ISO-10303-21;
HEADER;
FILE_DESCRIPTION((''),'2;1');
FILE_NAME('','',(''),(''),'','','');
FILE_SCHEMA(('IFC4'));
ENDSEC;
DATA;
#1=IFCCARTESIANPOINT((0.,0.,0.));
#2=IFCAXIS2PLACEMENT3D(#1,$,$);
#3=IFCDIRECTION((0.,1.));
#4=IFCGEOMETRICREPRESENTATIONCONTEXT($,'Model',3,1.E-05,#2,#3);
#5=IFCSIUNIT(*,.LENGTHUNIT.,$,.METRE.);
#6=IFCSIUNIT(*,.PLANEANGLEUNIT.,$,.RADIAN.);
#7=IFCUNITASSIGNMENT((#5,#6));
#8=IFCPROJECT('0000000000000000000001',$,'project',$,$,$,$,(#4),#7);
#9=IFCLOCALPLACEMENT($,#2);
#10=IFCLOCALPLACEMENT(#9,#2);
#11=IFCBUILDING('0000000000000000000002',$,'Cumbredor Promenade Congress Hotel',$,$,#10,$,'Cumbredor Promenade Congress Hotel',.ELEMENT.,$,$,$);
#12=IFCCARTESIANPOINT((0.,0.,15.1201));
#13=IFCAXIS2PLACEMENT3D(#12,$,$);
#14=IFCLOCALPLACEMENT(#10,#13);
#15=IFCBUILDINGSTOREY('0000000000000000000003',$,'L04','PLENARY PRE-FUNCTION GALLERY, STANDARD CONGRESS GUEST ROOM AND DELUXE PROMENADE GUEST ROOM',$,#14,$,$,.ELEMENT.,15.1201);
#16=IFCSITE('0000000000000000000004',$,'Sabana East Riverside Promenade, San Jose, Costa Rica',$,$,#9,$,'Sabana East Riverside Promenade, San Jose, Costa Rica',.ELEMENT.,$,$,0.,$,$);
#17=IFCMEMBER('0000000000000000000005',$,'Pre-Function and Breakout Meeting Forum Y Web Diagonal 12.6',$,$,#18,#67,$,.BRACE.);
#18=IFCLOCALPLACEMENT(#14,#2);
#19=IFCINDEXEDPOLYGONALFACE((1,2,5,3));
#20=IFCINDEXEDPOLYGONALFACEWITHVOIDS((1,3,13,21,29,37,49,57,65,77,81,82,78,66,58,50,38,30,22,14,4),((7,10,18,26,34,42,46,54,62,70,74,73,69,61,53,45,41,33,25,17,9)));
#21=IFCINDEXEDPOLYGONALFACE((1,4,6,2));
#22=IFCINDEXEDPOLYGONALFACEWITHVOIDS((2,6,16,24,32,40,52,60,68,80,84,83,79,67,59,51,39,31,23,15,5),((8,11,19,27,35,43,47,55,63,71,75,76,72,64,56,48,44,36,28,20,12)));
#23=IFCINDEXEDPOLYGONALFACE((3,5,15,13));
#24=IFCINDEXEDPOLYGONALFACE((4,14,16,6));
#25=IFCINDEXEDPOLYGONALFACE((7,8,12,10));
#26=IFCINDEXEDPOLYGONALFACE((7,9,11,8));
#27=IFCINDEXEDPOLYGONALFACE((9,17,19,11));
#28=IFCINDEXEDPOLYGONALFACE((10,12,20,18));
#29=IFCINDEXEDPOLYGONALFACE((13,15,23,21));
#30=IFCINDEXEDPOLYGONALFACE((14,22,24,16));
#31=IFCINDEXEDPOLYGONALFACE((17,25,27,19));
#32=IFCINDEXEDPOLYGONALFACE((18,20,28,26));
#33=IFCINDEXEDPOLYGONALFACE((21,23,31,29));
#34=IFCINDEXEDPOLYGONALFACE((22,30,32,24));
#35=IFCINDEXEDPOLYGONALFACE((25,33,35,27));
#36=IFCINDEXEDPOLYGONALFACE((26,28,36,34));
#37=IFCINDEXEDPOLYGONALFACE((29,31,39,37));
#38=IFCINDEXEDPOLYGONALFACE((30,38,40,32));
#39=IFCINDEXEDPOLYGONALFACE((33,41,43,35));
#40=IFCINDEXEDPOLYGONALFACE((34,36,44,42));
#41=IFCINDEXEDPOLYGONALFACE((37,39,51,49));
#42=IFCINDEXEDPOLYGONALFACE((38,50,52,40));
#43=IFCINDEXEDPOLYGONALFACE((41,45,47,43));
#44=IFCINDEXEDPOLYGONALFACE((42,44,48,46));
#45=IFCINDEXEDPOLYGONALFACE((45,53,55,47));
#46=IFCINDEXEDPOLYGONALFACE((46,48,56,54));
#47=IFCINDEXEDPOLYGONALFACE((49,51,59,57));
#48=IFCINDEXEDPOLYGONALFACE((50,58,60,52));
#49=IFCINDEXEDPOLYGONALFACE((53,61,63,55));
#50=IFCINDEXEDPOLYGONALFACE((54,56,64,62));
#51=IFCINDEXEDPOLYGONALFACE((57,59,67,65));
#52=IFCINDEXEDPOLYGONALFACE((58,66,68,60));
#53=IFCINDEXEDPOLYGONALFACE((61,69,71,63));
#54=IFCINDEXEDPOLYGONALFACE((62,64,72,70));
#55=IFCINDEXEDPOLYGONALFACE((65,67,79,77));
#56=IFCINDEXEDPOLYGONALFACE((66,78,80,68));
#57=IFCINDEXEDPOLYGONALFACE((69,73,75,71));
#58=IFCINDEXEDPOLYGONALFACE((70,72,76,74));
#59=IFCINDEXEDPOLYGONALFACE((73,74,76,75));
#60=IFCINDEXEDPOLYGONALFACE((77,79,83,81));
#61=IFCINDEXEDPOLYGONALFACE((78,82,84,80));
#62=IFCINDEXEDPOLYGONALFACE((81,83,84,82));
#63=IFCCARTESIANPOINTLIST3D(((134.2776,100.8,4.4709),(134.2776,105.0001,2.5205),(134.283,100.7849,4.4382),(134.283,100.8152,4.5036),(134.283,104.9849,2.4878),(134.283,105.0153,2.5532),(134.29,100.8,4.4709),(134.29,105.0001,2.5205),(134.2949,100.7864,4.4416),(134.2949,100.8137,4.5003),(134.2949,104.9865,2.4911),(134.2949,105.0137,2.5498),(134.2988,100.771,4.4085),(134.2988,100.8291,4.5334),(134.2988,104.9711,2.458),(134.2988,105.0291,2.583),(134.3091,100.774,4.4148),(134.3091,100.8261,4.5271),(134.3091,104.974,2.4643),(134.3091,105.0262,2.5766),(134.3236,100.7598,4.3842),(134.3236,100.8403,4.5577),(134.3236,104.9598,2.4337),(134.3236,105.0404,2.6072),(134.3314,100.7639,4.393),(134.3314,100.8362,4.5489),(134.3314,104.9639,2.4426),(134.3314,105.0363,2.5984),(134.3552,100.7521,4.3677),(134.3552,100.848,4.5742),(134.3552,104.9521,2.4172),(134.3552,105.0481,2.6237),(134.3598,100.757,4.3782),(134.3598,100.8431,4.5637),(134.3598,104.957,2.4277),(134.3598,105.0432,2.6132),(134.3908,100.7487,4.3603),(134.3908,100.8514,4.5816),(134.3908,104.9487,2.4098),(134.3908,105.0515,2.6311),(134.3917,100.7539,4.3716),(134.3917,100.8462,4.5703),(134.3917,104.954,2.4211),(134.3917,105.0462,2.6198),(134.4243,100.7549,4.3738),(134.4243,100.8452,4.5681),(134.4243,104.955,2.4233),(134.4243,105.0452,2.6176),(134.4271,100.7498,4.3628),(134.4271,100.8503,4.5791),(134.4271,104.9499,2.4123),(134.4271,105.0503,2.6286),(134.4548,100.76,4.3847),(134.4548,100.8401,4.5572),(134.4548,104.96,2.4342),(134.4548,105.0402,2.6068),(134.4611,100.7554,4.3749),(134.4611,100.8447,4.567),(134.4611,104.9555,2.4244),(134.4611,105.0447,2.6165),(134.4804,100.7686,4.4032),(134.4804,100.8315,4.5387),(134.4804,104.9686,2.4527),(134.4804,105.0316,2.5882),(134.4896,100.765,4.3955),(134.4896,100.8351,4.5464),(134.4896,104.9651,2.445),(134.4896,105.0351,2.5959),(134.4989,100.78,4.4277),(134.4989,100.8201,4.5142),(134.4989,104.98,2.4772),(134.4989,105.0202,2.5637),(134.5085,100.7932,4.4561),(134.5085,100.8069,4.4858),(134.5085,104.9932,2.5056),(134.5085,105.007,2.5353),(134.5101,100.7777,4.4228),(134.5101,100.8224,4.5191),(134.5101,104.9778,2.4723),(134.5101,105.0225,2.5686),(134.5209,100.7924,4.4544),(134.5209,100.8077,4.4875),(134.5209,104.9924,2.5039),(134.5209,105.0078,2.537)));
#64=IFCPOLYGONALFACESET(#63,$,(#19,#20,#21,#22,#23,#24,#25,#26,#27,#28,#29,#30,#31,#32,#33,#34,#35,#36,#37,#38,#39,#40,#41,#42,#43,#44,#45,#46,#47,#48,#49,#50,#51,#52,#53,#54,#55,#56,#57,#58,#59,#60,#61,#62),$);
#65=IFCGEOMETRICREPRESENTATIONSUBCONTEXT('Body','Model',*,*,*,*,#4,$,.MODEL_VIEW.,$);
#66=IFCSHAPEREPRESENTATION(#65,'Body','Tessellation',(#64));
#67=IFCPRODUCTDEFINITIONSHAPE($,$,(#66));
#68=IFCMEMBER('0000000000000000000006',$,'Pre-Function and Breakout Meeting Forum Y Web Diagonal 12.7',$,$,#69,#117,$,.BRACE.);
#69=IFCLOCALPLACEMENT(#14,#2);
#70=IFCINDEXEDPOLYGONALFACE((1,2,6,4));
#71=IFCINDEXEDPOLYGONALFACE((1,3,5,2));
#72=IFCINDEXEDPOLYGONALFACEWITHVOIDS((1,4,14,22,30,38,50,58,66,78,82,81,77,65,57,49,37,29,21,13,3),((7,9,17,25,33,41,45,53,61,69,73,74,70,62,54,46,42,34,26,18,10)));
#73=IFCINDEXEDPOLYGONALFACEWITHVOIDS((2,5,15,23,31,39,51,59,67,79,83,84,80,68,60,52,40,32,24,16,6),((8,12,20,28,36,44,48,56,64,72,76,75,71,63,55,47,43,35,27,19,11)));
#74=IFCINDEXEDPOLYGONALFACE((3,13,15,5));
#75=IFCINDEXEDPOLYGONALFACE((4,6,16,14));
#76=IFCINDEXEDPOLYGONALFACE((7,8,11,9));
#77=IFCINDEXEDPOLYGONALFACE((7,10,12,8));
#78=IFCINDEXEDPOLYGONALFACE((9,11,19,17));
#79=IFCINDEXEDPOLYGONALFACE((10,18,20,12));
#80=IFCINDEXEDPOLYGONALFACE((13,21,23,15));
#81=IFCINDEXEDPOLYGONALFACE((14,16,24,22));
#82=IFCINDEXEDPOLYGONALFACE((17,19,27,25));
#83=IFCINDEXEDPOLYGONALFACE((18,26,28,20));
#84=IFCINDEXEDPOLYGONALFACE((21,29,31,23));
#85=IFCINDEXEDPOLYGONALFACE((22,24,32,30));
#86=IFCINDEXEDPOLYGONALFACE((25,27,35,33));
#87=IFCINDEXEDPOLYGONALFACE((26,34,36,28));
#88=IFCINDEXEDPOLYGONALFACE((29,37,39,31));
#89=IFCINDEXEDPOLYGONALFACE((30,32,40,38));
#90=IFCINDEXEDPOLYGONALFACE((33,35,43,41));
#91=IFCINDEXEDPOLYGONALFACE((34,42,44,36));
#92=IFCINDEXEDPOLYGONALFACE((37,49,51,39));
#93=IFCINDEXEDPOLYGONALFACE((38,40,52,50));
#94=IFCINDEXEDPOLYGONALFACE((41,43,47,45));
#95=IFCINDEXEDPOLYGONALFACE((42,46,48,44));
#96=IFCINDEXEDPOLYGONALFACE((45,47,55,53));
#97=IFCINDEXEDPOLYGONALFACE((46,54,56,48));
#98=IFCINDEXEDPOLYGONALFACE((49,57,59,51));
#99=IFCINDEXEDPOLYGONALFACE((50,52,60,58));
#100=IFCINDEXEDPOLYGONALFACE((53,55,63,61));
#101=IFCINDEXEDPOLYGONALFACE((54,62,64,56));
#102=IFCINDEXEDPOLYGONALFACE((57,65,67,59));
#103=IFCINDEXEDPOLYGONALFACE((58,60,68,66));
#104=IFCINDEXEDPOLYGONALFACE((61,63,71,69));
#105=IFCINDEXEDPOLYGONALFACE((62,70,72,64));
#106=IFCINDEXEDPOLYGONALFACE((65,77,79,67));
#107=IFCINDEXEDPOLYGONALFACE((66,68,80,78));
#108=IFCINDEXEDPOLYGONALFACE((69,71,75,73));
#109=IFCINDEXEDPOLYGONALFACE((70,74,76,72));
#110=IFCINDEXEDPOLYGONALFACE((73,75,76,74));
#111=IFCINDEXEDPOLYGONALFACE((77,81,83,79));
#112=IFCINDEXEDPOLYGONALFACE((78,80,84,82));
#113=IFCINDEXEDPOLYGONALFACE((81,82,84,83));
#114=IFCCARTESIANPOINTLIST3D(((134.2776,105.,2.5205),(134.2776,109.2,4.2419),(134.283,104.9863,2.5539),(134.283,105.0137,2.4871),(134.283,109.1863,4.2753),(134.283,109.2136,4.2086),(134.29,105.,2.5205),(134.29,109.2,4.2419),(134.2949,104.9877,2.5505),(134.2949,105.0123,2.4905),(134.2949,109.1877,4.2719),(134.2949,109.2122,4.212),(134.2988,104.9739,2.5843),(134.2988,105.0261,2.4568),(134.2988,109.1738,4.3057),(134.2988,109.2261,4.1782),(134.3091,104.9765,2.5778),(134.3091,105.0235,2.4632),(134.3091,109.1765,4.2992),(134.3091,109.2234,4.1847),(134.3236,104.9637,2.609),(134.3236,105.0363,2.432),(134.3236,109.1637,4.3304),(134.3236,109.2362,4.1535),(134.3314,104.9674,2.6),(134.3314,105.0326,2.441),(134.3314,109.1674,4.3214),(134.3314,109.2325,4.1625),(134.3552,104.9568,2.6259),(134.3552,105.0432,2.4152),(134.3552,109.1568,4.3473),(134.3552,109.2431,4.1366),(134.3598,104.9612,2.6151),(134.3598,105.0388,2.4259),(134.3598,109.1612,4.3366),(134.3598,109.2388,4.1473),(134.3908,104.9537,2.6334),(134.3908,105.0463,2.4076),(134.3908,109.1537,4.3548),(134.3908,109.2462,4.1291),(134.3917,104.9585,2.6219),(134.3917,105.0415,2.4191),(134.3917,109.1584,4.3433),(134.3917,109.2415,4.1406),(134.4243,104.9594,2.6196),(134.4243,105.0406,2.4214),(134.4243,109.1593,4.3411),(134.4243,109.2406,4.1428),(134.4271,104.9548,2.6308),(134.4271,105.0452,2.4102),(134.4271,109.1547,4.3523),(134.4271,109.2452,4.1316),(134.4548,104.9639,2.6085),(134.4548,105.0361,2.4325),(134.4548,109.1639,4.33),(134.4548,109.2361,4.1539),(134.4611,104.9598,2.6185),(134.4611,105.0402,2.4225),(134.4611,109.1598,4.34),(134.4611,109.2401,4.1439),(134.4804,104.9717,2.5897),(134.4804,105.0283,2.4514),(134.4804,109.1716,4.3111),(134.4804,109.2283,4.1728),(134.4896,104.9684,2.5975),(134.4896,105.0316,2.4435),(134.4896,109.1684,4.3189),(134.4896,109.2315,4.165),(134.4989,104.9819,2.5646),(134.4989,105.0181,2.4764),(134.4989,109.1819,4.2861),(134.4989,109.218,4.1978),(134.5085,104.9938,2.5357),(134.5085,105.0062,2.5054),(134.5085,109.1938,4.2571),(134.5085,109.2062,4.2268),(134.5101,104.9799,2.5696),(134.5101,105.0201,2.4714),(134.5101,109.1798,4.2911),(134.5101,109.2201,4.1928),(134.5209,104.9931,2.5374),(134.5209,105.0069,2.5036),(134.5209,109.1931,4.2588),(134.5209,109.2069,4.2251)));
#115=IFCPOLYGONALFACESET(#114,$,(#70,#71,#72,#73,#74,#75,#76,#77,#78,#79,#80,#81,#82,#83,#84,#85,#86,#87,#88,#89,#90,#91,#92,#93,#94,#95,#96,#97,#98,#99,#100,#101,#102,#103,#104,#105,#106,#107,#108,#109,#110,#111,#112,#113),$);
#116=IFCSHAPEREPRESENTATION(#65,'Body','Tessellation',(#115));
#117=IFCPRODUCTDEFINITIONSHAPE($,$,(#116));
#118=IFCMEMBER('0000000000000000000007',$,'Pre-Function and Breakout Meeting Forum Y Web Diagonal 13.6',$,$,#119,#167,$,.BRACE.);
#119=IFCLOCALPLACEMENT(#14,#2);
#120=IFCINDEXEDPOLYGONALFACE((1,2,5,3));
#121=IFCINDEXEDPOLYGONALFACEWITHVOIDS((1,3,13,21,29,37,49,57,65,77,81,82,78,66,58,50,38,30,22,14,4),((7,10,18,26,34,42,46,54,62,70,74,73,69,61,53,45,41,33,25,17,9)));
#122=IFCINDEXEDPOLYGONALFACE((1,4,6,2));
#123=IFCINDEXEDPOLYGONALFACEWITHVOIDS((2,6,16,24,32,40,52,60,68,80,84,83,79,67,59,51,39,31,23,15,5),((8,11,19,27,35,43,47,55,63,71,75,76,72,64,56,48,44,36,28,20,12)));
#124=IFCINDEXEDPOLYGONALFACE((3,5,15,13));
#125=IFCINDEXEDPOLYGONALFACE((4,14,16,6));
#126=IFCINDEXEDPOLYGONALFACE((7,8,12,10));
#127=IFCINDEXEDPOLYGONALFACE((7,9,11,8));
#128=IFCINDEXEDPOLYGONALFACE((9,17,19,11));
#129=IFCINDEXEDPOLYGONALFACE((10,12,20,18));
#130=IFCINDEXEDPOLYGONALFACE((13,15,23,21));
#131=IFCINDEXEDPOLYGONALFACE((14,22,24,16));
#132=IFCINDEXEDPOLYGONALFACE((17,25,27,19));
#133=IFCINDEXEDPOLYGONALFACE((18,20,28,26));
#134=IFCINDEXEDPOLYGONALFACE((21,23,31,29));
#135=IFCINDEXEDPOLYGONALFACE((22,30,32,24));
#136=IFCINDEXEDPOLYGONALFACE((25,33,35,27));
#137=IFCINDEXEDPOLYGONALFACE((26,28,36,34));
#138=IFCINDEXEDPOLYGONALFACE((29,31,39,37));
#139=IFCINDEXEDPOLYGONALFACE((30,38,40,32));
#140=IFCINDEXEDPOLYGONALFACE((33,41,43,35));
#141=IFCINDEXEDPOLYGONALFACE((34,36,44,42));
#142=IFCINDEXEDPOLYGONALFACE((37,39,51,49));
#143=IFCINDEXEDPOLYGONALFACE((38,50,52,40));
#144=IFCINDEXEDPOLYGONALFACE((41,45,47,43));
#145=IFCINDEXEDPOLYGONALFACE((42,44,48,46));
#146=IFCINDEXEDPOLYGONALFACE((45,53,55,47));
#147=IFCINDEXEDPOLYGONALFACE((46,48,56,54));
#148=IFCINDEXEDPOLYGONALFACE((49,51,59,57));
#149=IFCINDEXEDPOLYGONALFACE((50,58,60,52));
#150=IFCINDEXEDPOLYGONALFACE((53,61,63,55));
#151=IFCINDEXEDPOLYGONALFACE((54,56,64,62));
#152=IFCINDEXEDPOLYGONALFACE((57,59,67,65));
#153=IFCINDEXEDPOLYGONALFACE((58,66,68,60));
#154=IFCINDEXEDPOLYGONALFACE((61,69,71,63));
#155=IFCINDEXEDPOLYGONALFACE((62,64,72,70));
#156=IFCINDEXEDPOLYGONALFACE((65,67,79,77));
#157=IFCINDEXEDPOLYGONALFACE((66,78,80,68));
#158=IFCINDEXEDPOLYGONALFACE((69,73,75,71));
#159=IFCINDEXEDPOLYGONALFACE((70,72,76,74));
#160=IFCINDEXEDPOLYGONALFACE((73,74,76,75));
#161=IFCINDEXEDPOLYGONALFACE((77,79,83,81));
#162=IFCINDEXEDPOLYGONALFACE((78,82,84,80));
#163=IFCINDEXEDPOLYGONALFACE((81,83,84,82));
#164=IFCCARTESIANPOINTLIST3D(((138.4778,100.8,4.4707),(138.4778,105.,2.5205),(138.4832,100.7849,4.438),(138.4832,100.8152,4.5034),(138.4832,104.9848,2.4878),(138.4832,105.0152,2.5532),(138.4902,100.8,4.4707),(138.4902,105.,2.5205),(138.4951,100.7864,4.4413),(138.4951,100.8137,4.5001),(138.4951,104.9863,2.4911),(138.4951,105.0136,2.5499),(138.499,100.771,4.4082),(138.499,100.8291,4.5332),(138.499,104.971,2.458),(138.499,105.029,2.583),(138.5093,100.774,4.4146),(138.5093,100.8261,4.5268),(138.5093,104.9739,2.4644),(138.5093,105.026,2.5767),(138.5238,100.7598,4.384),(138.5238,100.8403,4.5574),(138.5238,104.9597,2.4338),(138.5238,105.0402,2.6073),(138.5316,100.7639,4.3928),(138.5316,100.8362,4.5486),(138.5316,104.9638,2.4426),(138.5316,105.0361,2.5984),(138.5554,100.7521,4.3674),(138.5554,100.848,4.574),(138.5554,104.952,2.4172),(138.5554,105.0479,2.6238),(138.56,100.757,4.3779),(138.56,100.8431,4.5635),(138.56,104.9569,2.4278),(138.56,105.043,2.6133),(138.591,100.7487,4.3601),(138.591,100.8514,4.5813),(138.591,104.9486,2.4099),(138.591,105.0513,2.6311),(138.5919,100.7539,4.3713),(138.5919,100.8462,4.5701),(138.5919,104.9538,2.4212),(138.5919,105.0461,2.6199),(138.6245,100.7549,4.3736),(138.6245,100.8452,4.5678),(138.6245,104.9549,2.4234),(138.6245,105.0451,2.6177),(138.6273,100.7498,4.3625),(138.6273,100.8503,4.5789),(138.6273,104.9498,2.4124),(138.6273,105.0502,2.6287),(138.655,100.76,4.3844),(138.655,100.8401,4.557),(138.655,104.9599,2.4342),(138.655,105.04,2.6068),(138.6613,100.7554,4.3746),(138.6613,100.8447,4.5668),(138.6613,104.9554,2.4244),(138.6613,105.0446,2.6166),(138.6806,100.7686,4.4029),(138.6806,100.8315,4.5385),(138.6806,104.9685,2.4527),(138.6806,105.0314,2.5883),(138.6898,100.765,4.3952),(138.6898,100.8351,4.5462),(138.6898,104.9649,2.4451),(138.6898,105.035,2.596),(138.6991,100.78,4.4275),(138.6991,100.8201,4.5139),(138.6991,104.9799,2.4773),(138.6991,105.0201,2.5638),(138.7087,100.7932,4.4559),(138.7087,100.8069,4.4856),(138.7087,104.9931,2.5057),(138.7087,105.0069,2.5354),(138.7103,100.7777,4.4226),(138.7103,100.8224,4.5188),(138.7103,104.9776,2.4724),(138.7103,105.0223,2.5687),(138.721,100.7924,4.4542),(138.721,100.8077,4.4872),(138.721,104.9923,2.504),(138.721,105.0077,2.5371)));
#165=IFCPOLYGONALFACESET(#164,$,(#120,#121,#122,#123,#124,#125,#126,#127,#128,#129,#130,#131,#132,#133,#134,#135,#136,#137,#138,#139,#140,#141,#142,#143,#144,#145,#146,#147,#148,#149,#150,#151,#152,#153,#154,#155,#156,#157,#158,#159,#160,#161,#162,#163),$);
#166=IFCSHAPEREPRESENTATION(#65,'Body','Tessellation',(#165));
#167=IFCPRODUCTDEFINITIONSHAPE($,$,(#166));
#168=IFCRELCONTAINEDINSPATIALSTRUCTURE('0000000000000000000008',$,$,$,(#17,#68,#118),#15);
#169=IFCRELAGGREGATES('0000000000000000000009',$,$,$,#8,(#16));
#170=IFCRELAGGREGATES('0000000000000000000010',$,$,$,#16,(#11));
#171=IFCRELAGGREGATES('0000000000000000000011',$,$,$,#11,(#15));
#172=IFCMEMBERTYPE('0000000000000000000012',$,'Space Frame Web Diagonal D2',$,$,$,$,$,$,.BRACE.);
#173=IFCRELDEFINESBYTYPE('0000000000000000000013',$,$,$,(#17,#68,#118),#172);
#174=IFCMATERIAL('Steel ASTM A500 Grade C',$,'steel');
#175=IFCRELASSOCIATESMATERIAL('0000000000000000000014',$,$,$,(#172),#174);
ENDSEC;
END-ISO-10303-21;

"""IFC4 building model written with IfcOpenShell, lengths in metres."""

from ifc_helpers import new_model, si_unit, direction, frame, origin, origin_2d, place, context, subcontext, project, spatial, hollow_circle, extrude, material, material_profile, profile_set, type_object, element, save


model = new_model("IFC4")

# Units and contexts
model_context = context("Model", 3, precision=1e-05, world=origin(), true_north=direction((0.0, 1.0)))
body_context = subcontext(model_context, "Body", "Model", "MODEL_VIEW")
ifc_project = project(units=[si_unit("LENGTHUNIT", "METRE"), si_unit("PLANEANGLEUNIT", "RADIAN")], contexts=[model_context])

# Site, building, storey
site_placement = place(None, origin())
site = spatial("IfcSite", under=ifc_project, at=site_placement, Name="Sabana East Riverside Promenade, San Jose, Costa Rica", LongName="Sabana East Riverside Promenade, San Jose, Costa Rica", CompositionType="ELEMENT", RefElevation=0.0)
building_placement = place(site_placement, origin())
building = spatial("IfcBuilding", under=site, at=building_placement, Name="Cumbredor Promenade Congress Hotel", LongName="Cumbredor Promenade Congress Hotel", CompositionType="ELEMENT")
storey_placement = place(building_placement, frame((0.0, 0.0, 15.1201)))
storey = spatial("IfcBuildingStorey", under=building, at=storey_placement, Name="L04", Description="PLENARY PRE-FUNCTION GALLERY, STANDARD CONGRESS GUEST ROOM AND DELUXE PROMENADE GUEST ROOM", CompositionType="ELEMENT", Elevation=15.1201)

# Members
ifc_material_1 = material(Name="Steel ASTM A500 Grade C", Category="steel")
ifc_material_profile_1 = material_profile(ifc_material_1, hollow_circle(Radius=0.1223, WallThickness=0.0125, at=origin_2d()), Name="CHS 244.5x12.5")
ifc_profile_set_1 = profile_set([ifc_material_profile_1], Name="Steel ASTM A500 Grade C")
member_type_1 = type_object("IfcMemberType", Name="Space Frame Web Diagonal D2", PredefinedType="BRACE", material=ifc_profile_set_1)
for number, where, z_axis, x_axis, name in (
    (1, (134.3999, 100.8, 4.4709), (0.0, 0.906971, -0.421193), (-1.0, 0.0, 0.0), "Pre-Function and Breakout Meeting Forum Y Web Diagonal 12.6"),
):
    element("IfcMember", number, at=place(storey_placement, frame(where, z_axis=z_axis, x_axis=x_axis)), inside=storey, type_object=member_type_1, Name=name, PredefinedType="BRACE", context=body_context, shape_type="SweptSolid", body=[
        extrude(hollow_circle(Radius=0.1223, WallThickness=0.0125, at=origin_2d()), origin(), (0.0, 0.0, 1.0), 4.6309),
    ])
member_1_placement = place(storey_placement, frame((134.3999, 105.0, 2.5205), z_axis=(0.0, 0.925294, 0.379251), x_axis=(-1.0, 0.0, 0.0)))
element("IfcMember", 2, at=member_1_placement, inside=storey, type_object=member_type_1, Name="Pre-Function and Breakout Meeting Forum Y Web Diagonal 12.7", PredefinedType="BRACE", context=body_context, shape_type="SweptSolid", body=[
    extrude(hollow_circle(Radius=0.1223, WallThickness=0.0125, at=origin_2d()), origin(), (0.0, 0.0, 1.0), 4.5391),
])
member_2_placement = place(storey_placement, frame((138.6001, 100.8, 4.4707), z_axis=(0.0, 0.906991, -0.42115), x_axis=(-1.0, 0.0, 0.0)))
element("IfcMember", 3, at=member_2_placement, inside=storey, type_object=member_type_1, Name="Pre-Function and Breakout Meeting Forum Y Web Diagonal 13.6", PredefinedType="BRACE", context=body_context, shape_type="SweptSolid", body=[
    extrude(hollow_circle(Radius=0.1223, WallThickness=0.0125, at=origin_2d()), origin(), (0.0, 0.0, 1.0), 4.6306),
])

save(model, "model.ifc")
